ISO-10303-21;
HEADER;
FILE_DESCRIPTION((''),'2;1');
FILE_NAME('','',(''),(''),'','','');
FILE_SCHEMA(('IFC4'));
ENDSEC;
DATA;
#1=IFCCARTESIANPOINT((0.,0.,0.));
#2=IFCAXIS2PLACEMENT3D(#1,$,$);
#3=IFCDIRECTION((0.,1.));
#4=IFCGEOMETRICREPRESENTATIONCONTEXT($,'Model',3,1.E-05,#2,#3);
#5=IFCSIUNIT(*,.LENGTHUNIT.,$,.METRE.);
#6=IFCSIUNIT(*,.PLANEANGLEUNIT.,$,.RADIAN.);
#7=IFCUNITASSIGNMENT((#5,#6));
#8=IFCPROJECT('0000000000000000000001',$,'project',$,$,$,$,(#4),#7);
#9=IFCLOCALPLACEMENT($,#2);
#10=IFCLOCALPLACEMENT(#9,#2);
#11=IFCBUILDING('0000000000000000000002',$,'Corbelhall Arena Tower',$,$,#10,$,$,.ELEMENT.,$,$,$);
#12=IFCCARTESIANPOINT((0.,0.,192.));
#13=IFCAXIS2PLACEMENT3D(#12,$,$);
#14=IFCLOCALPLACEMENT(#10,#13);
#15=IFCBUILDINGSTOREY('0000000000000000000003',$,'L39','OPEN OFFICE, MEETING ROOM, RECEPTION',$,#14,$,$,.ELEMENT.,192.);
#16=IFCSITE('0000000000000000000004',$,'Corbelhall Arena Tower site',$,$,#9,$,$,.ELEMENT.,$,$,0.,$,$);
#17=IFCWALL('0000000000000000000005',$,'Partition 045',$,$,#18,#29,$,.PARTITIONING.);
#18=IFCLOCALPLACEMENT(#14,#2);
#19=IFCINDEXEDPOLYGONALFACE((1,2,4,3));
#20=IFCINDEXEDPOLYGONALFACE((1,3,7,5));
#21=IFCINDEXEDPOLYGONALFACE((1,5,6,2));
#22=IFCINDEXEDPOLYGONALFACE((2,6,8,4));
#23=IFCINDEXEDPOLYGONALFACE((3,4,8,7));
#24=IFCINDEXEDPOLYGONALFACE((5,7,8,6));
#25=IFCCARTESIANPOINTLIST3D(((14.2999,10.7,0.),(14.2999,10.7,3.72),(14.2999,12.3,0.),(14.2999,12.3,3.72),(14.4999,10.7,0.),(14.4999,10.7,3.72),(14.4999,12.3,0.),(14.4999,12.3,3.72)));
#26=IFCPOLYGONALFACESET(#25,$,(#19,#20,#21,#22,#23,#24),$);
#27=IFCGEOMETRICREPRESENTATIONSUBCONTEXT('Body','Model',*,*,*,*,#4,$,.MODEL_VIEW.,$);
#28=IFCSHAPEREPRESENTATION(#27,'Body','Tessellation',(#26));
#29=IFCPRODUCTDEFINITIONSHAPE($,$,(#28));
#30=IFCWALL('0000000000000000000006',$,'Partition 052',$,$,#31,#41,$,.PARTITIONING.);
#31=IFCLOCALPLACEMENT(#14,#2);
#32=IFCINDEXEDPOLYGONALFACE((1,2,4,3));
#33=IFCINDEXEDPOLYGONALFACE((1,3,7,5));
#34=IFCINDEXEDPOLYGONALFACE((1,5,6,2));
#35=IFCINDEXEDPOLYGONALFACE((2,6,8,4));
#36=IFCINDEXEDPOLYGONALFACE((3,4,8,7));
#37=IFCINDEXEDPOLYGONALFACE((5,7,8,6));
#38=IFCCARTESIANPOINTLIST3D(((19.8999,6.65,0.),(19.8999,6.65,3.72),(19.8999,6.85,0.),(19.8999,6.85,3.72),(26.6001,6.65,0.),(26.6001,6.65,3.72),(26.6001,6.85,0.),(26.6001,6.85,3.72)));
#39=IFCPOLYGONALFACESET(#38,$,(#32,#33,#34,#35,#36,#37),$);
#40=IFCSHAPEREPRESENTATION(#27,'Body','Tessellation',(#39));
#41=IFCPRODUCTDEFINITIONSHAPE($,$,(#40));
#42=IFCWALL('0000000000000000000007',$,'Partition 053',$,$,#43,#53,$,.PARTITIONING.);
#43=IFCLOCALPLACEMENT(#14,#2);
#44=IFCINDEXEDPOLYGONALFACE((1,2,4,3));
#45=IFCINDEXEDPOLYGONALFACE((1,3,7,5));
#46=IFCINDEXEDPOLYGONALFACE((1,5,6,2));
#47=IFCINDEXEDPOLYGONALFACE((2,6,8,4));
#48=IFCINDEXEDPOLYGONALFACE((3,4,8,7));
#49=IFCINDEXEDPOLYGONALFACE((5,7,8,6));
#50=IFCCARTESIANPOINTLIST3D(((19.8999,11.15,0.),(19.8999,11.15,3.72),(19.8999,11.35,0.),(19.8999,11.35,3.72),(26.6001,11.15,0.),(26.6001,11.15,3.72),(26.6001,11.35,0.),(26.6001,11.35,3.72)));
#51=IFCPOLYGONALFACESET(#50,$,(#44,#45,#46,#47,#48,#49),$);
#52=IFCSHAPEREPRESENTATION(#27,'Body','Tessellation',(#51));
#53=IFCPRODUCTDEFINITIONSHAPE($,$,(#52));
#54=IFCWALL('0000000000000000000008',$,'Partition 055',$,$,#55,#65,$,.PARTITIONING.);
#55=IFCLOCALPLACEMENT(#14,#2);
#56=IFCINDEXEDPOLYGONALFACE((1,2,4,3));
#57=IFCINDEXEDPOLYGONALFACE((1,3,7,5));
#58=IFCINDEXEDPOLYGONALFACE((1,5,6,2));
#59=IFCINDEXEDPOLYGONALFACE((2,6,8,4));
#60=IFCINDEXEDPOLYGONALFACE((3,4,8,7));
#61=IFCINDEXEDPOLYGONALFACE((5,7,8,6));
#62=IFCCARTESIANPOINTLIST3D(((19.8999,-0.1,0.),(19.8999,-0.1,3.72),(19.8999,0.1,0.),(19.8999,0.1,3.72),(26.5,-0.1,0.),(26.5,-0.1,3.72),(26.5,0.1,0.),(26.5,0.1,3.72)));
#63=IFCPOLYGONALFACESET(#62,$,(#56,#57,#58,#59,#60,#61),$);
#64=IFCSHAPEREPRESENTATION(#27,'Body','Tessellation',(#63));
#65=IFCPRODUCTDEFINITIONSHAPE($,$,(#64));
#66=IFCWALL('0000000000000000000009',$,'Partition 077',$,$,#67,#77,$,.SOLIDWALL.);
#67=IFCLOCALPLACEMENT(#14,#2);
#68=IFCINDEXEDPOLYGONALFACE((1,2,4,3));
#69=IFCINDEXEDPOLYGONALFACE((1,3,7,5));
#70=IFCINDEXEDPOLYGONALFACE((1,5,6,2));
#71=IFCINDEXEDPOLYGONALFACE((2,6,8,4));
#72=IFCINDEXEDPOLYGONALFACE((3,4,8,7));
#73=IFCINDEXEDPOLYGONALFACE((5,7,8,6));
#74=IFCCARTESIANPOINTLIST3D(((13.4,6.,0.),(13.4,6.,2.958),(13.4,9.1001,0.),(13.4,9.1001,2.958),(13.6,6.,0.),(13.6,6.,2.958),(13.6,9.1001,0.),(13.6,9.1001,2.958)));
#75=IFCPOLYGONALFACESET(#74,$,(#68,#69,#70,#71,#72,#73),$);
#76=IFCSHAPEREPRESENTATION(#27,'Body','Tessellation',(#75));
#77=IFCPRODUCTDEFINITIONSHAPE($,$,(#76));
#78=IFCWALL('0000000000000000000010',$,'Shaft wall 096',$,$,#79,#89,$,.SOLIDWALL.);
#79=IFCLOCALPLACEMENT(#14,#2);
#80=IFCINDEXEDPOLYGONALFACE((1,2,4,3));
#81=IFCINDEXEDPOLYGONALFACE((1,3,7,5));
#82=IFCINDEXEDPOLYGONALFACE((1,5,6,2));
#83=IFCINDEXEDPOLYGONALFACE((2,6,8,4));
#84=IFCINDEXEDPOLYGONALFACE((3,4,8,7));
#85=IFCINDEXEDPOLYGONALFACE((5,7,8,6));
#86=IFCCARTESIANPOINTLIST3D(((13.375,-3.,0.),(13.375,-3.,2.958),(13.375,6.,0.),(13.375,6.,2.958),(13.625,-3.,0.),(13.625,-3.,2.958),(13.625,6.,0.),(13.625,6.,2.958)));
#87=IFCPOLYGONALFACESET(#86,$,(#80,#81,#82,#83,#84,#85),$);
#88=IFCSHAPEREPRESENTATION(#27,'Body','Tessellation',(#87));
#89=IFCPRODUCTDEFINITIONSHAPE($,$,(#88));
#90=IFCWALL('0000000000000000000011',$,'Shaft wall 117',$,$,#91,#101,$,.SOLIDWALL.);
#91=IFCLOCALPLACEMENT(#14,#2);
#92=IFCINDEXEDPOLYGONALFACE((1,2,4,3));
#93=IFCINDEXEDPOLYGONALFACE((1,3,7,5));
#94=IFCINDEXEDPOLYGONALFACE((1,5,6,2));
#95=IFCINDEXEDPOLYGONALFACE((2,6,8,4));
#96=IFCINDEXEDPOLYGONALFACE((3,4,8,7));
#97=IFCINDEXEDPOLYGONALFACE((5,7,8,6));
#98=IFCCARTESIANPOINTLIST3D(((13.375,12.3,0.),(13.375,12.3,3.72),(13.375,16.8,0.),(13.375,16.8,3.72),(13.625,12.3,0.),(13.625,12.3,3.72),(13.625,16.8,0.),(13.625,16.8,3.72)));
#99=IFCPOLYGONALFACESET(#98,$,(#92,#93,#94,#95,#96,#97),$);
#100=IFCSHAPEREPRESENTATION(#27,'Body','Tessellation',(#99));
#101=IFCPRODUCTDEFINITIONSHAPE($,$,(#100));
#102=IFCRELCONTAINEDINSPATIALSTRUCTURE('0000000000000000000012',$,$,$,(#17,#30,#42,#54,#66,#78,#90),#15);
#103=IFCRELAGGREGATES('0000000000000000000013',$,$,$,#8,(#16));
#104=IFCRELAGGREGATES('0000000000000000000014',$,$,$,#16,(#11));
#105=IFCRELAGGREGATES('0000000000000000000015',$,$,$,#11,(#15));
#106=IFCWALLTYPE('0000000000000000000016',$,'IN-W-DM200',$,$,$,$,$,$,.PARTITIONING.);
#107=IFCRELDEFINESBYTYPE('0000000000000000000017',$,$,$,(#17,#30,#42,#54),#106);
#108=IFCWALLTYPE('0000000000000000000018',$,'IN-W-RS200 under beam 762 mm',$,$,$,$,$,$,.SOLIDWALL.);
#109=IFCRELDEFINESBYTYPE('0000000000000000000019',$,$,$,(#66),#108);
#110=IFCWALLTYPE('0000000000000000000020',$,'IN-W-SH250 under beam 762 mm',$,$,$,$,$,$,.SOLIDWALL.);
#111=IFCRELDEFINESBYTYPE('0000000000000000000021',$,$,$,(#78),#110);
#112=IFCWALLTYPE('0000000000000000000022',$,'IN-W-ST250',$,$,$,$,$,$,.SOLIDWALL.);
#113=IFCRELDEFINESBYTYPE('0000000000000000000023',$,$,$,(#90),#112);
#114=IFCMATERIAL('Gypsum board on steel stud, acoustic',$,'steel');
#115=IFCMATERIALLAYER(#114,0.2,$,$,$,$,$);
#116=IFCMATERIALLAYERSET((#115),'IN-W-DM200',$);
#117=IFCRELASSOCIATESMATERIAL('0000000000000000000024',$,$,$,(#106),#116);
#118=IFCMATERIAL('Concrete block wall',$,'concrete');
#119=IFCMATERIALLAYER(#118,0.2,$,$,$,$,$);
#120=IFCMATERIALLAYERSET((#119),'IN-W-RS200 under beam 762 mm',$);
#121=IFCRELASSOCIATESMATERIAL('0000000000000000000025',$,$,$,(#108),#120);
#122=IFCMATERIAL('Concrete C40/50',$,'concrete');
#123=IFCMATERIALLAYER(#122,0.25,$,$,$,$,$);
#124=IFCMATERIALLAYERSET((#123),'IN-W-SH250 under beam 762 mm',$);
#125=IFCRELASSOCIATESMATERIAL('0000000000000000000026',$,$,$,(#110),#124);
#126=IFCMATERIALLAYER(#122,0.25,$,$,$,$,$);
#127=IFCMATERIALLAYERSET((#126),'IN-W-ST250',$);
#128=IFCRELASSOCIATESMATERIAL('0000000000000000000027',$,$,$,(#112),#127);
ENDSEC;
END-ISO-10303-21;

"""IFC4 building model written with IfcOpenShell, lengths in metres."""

from ifc_helpers import new_model, si_unit, direction, frame, frame_2d, origin, place, context, subcontext, project, spatial, rectangle, extrude, material, layer, layer_set, type_object, element, save


model = new_model("IFC4")

# Units and contexts
model_context = context("Model", 3, precision=1e-05, world=origin(), true_north=direction((0.0, 1.0)))
body_context = subcontext(model_context, "Body", "Model", "MODEL_VIEW")
ifc_project = project(units=[si_unit("LENGTHUNIT", "METRE"), si_unit("PLANEANGLEUNIT", "RADIAN")], contexts=[model_context])

# Site, building, storey
site_placement = place(None, origin())
site = spatial("IfcSite", under=ifc_project, at=site_placement, Name="Corbelhall Arena Tower site", CompositionType="ELEMENT", RefElevation=0.0)
building_placement = place(site_placement, origin())
building = spatial("IfcBuilding", under=site, at=building_placement, Name="Corbelhall Arena Tower", CompositionType="ELEMENT")
storey_placement = place(building_placement, frame((0.0, 0.0, 192.0)))
storey = spatial("IfcBuildingStorey", under=building, at=storey_placement, Name="L39", Description="OPEN OFFICE, MEETING ROOM, RECEPTION", CompositionType="ELEMENT", Elevation=192.0)

# Wall
ifc_material_1 = material(Name="Gypsum board on steel stud, acoustic", Category="steel")
ifc_layer_1 = layer(ifc_material_1, 0.2)
ifc_layer_set_1 = layer_set([ifc_layer_1], Name="IN-W-DM200")
wall_type_1 = type_object("IfcWallType", Name="IN-W-DM200", PredefinedType="PARTITIONING", material=ifc_layer_set_1)
wall_1_placement = place(storey_placement, frame((14.3999, 12.3, 0.0), z_axis=(0.0, 0.0, 1.0), x_axis=(0.0, -1.0, 0.0)))
element("IfcWall", 1, at=wall_1_placement, inside=storey, type_object=wall_type_1, Name="Partition 045", PredefinedType="PARTITIONING", context=body_context, shape_type="SweptSolid", body=[
    extrude(rectangle(XDim=1.6001, YDim=0.2, at=frame_2d((0.8, 0.0))), origin(), (0.0, 0.0, 1.0), 3.72),
])

# Walls
for number, where, z_axis, x_axis, name in (
    (2, (19.8999, 6.75, 0.0), (0.0, 0.0, 1.0), (1.0, 0.0, 0.0), "Partition 052"),
    (3, (19.8999, 11.25, 0.0), (0.0, 0.0, 1.0), (1.0, 0.0, 0.0), "Partition 053"),
):
    element("IfcWall", number, at=place(storey_placement, frame(where, z_axis=z_axis, x_axis=x_axis)), inside=storey, type_object=wall_type_1, Name=name, PredefinedType="PARTITIONING", context=body_context, shape_type="SweptSolid", body=[
        extrude(rectangle(XDim=6.7002, YDim=0.2, at=frame_2d((3.3501, 0.0))), origin(), (0.0, 0.0, 1.0), 3.72),
    ])

# Walls
wall_2_placement = place(storey_placement, frame((26.5, 0.0, 0.0), z_axis=(0.0, 0.0, 1.0), x_axis=(-1.0, 0.0, 0.0)))
element("IfcWall", 4, at=wall_2_placement, inside=storey, type_object=wall_type_1, Name="Partition 055", PredefinedType="PARTITIONING", context=body_context, shape_type="SweptSolid", body=[
    extrude(rectangle(XDim=6.6001, YDim=0.2, at=frame_2d((3.3, 0.0))), origin(), (0.0, 0.0, 1.0), 3.72),
])
ifc_material_2 = material(Name="Concrete block wall", Category="concrete")
ifc_layer_2 = layer(ifc_material_2, 0.2)
ifc_layer_set_2 = layer_set([ifc_layer_2], Name="IN-W-RS200 under beam 762 mm")
wall_type_2 = type_object("IfcWallType", Name="IN-W-RS200 under beam 762 mm", PredefinedType="SOLIDWALL", material=ifc_layer_set_2)
wall_3_placement = place(storey_placement, frame((13.5, 9.1001, 0.0), z_axis=(0.0, 0.0, 1.0), x_axis=(0.0, -1.0, 0.0)))
element("IfcWall", 5, at=wall_3_placement, inside=storey, type_object=wall_type_2, Name="Partition 077", PredefinedType="SOLIDWALL", context=body_context, shape_type="SweptSolid", body=[
    extrude(rectangle(XDim=3.1001, YDim=0.2, at=frame_2d((1.55, 0.0))), origin(), (0.0, 0.0, 1.0), 2.958),
])
ifc_material_3 = material(Name="Concrete C40/50", Category="concrete")
ifc_layer_3 = layer(ifc_material_3, 0.25)
ifc_layer_set_3 = layer_set([ifc_layer_3], Name="IN-W-SH250 under beam 762 mm")
wall_type_3 = type_object("IfcWallType", Name="IN-W-SH250 under beam 762 mm", PredefinedType="SOLIDWALL", material=ifc_layer_set_3)
wall_4_placement = place(storey_placement, frame((13.5, 6.0, 0.0), z_axis=(0.0, 0.0, 1.0), x_axis=(0.0, -1.0, 0.0)))
element("IfcWall", 6, at=wall_4_placement, inside=storey, type_object=wall_type_3, Name="Shaft wall 096", PredefinedType="SOLIDWALL", context=body_context, shape_type="SweptSolid", body=[
    extrude(rectangle(XDim=9.0, YDim=0.25, at=frame_2d((4.5, 0.0))), origin(), (0.0, 0.0, 1.0), 2.958),
])
ifc_layer_4 = layer(ifc_material_3, 0.25)
ifc_layer_set_4 = layer_set([ifc_layer_4], Name="IN-W-ST250")
wall_type_4 = type_object("IfcWallType", Name="IN-W-ST250", PredefinedType="SOLIDWALL", material=ifc_layer_set_4)
wall_5_placement = place(storey_placement, frame((13.5, 16.8, 0.0), z_axis=(0.0, 0.0, 1.0), x_axis=(0.0, -1.0, 0.0)))
element("IfcWall", 7, at=wall_5_placement, inside=storey, type_object=wall_type_4, Name="Shaft wall 117", PredefinedType="SOLIDWALL", context=body_context, shape_type="SweptSolid", body=[
    extrude(rectangle(XDim=4.5, YDim=0.25, at=frame_2d((2.25, 0.0))), origin(), (0.0, 0.0, 1.0), 3.72),
])

save(model, "model.ifc")
